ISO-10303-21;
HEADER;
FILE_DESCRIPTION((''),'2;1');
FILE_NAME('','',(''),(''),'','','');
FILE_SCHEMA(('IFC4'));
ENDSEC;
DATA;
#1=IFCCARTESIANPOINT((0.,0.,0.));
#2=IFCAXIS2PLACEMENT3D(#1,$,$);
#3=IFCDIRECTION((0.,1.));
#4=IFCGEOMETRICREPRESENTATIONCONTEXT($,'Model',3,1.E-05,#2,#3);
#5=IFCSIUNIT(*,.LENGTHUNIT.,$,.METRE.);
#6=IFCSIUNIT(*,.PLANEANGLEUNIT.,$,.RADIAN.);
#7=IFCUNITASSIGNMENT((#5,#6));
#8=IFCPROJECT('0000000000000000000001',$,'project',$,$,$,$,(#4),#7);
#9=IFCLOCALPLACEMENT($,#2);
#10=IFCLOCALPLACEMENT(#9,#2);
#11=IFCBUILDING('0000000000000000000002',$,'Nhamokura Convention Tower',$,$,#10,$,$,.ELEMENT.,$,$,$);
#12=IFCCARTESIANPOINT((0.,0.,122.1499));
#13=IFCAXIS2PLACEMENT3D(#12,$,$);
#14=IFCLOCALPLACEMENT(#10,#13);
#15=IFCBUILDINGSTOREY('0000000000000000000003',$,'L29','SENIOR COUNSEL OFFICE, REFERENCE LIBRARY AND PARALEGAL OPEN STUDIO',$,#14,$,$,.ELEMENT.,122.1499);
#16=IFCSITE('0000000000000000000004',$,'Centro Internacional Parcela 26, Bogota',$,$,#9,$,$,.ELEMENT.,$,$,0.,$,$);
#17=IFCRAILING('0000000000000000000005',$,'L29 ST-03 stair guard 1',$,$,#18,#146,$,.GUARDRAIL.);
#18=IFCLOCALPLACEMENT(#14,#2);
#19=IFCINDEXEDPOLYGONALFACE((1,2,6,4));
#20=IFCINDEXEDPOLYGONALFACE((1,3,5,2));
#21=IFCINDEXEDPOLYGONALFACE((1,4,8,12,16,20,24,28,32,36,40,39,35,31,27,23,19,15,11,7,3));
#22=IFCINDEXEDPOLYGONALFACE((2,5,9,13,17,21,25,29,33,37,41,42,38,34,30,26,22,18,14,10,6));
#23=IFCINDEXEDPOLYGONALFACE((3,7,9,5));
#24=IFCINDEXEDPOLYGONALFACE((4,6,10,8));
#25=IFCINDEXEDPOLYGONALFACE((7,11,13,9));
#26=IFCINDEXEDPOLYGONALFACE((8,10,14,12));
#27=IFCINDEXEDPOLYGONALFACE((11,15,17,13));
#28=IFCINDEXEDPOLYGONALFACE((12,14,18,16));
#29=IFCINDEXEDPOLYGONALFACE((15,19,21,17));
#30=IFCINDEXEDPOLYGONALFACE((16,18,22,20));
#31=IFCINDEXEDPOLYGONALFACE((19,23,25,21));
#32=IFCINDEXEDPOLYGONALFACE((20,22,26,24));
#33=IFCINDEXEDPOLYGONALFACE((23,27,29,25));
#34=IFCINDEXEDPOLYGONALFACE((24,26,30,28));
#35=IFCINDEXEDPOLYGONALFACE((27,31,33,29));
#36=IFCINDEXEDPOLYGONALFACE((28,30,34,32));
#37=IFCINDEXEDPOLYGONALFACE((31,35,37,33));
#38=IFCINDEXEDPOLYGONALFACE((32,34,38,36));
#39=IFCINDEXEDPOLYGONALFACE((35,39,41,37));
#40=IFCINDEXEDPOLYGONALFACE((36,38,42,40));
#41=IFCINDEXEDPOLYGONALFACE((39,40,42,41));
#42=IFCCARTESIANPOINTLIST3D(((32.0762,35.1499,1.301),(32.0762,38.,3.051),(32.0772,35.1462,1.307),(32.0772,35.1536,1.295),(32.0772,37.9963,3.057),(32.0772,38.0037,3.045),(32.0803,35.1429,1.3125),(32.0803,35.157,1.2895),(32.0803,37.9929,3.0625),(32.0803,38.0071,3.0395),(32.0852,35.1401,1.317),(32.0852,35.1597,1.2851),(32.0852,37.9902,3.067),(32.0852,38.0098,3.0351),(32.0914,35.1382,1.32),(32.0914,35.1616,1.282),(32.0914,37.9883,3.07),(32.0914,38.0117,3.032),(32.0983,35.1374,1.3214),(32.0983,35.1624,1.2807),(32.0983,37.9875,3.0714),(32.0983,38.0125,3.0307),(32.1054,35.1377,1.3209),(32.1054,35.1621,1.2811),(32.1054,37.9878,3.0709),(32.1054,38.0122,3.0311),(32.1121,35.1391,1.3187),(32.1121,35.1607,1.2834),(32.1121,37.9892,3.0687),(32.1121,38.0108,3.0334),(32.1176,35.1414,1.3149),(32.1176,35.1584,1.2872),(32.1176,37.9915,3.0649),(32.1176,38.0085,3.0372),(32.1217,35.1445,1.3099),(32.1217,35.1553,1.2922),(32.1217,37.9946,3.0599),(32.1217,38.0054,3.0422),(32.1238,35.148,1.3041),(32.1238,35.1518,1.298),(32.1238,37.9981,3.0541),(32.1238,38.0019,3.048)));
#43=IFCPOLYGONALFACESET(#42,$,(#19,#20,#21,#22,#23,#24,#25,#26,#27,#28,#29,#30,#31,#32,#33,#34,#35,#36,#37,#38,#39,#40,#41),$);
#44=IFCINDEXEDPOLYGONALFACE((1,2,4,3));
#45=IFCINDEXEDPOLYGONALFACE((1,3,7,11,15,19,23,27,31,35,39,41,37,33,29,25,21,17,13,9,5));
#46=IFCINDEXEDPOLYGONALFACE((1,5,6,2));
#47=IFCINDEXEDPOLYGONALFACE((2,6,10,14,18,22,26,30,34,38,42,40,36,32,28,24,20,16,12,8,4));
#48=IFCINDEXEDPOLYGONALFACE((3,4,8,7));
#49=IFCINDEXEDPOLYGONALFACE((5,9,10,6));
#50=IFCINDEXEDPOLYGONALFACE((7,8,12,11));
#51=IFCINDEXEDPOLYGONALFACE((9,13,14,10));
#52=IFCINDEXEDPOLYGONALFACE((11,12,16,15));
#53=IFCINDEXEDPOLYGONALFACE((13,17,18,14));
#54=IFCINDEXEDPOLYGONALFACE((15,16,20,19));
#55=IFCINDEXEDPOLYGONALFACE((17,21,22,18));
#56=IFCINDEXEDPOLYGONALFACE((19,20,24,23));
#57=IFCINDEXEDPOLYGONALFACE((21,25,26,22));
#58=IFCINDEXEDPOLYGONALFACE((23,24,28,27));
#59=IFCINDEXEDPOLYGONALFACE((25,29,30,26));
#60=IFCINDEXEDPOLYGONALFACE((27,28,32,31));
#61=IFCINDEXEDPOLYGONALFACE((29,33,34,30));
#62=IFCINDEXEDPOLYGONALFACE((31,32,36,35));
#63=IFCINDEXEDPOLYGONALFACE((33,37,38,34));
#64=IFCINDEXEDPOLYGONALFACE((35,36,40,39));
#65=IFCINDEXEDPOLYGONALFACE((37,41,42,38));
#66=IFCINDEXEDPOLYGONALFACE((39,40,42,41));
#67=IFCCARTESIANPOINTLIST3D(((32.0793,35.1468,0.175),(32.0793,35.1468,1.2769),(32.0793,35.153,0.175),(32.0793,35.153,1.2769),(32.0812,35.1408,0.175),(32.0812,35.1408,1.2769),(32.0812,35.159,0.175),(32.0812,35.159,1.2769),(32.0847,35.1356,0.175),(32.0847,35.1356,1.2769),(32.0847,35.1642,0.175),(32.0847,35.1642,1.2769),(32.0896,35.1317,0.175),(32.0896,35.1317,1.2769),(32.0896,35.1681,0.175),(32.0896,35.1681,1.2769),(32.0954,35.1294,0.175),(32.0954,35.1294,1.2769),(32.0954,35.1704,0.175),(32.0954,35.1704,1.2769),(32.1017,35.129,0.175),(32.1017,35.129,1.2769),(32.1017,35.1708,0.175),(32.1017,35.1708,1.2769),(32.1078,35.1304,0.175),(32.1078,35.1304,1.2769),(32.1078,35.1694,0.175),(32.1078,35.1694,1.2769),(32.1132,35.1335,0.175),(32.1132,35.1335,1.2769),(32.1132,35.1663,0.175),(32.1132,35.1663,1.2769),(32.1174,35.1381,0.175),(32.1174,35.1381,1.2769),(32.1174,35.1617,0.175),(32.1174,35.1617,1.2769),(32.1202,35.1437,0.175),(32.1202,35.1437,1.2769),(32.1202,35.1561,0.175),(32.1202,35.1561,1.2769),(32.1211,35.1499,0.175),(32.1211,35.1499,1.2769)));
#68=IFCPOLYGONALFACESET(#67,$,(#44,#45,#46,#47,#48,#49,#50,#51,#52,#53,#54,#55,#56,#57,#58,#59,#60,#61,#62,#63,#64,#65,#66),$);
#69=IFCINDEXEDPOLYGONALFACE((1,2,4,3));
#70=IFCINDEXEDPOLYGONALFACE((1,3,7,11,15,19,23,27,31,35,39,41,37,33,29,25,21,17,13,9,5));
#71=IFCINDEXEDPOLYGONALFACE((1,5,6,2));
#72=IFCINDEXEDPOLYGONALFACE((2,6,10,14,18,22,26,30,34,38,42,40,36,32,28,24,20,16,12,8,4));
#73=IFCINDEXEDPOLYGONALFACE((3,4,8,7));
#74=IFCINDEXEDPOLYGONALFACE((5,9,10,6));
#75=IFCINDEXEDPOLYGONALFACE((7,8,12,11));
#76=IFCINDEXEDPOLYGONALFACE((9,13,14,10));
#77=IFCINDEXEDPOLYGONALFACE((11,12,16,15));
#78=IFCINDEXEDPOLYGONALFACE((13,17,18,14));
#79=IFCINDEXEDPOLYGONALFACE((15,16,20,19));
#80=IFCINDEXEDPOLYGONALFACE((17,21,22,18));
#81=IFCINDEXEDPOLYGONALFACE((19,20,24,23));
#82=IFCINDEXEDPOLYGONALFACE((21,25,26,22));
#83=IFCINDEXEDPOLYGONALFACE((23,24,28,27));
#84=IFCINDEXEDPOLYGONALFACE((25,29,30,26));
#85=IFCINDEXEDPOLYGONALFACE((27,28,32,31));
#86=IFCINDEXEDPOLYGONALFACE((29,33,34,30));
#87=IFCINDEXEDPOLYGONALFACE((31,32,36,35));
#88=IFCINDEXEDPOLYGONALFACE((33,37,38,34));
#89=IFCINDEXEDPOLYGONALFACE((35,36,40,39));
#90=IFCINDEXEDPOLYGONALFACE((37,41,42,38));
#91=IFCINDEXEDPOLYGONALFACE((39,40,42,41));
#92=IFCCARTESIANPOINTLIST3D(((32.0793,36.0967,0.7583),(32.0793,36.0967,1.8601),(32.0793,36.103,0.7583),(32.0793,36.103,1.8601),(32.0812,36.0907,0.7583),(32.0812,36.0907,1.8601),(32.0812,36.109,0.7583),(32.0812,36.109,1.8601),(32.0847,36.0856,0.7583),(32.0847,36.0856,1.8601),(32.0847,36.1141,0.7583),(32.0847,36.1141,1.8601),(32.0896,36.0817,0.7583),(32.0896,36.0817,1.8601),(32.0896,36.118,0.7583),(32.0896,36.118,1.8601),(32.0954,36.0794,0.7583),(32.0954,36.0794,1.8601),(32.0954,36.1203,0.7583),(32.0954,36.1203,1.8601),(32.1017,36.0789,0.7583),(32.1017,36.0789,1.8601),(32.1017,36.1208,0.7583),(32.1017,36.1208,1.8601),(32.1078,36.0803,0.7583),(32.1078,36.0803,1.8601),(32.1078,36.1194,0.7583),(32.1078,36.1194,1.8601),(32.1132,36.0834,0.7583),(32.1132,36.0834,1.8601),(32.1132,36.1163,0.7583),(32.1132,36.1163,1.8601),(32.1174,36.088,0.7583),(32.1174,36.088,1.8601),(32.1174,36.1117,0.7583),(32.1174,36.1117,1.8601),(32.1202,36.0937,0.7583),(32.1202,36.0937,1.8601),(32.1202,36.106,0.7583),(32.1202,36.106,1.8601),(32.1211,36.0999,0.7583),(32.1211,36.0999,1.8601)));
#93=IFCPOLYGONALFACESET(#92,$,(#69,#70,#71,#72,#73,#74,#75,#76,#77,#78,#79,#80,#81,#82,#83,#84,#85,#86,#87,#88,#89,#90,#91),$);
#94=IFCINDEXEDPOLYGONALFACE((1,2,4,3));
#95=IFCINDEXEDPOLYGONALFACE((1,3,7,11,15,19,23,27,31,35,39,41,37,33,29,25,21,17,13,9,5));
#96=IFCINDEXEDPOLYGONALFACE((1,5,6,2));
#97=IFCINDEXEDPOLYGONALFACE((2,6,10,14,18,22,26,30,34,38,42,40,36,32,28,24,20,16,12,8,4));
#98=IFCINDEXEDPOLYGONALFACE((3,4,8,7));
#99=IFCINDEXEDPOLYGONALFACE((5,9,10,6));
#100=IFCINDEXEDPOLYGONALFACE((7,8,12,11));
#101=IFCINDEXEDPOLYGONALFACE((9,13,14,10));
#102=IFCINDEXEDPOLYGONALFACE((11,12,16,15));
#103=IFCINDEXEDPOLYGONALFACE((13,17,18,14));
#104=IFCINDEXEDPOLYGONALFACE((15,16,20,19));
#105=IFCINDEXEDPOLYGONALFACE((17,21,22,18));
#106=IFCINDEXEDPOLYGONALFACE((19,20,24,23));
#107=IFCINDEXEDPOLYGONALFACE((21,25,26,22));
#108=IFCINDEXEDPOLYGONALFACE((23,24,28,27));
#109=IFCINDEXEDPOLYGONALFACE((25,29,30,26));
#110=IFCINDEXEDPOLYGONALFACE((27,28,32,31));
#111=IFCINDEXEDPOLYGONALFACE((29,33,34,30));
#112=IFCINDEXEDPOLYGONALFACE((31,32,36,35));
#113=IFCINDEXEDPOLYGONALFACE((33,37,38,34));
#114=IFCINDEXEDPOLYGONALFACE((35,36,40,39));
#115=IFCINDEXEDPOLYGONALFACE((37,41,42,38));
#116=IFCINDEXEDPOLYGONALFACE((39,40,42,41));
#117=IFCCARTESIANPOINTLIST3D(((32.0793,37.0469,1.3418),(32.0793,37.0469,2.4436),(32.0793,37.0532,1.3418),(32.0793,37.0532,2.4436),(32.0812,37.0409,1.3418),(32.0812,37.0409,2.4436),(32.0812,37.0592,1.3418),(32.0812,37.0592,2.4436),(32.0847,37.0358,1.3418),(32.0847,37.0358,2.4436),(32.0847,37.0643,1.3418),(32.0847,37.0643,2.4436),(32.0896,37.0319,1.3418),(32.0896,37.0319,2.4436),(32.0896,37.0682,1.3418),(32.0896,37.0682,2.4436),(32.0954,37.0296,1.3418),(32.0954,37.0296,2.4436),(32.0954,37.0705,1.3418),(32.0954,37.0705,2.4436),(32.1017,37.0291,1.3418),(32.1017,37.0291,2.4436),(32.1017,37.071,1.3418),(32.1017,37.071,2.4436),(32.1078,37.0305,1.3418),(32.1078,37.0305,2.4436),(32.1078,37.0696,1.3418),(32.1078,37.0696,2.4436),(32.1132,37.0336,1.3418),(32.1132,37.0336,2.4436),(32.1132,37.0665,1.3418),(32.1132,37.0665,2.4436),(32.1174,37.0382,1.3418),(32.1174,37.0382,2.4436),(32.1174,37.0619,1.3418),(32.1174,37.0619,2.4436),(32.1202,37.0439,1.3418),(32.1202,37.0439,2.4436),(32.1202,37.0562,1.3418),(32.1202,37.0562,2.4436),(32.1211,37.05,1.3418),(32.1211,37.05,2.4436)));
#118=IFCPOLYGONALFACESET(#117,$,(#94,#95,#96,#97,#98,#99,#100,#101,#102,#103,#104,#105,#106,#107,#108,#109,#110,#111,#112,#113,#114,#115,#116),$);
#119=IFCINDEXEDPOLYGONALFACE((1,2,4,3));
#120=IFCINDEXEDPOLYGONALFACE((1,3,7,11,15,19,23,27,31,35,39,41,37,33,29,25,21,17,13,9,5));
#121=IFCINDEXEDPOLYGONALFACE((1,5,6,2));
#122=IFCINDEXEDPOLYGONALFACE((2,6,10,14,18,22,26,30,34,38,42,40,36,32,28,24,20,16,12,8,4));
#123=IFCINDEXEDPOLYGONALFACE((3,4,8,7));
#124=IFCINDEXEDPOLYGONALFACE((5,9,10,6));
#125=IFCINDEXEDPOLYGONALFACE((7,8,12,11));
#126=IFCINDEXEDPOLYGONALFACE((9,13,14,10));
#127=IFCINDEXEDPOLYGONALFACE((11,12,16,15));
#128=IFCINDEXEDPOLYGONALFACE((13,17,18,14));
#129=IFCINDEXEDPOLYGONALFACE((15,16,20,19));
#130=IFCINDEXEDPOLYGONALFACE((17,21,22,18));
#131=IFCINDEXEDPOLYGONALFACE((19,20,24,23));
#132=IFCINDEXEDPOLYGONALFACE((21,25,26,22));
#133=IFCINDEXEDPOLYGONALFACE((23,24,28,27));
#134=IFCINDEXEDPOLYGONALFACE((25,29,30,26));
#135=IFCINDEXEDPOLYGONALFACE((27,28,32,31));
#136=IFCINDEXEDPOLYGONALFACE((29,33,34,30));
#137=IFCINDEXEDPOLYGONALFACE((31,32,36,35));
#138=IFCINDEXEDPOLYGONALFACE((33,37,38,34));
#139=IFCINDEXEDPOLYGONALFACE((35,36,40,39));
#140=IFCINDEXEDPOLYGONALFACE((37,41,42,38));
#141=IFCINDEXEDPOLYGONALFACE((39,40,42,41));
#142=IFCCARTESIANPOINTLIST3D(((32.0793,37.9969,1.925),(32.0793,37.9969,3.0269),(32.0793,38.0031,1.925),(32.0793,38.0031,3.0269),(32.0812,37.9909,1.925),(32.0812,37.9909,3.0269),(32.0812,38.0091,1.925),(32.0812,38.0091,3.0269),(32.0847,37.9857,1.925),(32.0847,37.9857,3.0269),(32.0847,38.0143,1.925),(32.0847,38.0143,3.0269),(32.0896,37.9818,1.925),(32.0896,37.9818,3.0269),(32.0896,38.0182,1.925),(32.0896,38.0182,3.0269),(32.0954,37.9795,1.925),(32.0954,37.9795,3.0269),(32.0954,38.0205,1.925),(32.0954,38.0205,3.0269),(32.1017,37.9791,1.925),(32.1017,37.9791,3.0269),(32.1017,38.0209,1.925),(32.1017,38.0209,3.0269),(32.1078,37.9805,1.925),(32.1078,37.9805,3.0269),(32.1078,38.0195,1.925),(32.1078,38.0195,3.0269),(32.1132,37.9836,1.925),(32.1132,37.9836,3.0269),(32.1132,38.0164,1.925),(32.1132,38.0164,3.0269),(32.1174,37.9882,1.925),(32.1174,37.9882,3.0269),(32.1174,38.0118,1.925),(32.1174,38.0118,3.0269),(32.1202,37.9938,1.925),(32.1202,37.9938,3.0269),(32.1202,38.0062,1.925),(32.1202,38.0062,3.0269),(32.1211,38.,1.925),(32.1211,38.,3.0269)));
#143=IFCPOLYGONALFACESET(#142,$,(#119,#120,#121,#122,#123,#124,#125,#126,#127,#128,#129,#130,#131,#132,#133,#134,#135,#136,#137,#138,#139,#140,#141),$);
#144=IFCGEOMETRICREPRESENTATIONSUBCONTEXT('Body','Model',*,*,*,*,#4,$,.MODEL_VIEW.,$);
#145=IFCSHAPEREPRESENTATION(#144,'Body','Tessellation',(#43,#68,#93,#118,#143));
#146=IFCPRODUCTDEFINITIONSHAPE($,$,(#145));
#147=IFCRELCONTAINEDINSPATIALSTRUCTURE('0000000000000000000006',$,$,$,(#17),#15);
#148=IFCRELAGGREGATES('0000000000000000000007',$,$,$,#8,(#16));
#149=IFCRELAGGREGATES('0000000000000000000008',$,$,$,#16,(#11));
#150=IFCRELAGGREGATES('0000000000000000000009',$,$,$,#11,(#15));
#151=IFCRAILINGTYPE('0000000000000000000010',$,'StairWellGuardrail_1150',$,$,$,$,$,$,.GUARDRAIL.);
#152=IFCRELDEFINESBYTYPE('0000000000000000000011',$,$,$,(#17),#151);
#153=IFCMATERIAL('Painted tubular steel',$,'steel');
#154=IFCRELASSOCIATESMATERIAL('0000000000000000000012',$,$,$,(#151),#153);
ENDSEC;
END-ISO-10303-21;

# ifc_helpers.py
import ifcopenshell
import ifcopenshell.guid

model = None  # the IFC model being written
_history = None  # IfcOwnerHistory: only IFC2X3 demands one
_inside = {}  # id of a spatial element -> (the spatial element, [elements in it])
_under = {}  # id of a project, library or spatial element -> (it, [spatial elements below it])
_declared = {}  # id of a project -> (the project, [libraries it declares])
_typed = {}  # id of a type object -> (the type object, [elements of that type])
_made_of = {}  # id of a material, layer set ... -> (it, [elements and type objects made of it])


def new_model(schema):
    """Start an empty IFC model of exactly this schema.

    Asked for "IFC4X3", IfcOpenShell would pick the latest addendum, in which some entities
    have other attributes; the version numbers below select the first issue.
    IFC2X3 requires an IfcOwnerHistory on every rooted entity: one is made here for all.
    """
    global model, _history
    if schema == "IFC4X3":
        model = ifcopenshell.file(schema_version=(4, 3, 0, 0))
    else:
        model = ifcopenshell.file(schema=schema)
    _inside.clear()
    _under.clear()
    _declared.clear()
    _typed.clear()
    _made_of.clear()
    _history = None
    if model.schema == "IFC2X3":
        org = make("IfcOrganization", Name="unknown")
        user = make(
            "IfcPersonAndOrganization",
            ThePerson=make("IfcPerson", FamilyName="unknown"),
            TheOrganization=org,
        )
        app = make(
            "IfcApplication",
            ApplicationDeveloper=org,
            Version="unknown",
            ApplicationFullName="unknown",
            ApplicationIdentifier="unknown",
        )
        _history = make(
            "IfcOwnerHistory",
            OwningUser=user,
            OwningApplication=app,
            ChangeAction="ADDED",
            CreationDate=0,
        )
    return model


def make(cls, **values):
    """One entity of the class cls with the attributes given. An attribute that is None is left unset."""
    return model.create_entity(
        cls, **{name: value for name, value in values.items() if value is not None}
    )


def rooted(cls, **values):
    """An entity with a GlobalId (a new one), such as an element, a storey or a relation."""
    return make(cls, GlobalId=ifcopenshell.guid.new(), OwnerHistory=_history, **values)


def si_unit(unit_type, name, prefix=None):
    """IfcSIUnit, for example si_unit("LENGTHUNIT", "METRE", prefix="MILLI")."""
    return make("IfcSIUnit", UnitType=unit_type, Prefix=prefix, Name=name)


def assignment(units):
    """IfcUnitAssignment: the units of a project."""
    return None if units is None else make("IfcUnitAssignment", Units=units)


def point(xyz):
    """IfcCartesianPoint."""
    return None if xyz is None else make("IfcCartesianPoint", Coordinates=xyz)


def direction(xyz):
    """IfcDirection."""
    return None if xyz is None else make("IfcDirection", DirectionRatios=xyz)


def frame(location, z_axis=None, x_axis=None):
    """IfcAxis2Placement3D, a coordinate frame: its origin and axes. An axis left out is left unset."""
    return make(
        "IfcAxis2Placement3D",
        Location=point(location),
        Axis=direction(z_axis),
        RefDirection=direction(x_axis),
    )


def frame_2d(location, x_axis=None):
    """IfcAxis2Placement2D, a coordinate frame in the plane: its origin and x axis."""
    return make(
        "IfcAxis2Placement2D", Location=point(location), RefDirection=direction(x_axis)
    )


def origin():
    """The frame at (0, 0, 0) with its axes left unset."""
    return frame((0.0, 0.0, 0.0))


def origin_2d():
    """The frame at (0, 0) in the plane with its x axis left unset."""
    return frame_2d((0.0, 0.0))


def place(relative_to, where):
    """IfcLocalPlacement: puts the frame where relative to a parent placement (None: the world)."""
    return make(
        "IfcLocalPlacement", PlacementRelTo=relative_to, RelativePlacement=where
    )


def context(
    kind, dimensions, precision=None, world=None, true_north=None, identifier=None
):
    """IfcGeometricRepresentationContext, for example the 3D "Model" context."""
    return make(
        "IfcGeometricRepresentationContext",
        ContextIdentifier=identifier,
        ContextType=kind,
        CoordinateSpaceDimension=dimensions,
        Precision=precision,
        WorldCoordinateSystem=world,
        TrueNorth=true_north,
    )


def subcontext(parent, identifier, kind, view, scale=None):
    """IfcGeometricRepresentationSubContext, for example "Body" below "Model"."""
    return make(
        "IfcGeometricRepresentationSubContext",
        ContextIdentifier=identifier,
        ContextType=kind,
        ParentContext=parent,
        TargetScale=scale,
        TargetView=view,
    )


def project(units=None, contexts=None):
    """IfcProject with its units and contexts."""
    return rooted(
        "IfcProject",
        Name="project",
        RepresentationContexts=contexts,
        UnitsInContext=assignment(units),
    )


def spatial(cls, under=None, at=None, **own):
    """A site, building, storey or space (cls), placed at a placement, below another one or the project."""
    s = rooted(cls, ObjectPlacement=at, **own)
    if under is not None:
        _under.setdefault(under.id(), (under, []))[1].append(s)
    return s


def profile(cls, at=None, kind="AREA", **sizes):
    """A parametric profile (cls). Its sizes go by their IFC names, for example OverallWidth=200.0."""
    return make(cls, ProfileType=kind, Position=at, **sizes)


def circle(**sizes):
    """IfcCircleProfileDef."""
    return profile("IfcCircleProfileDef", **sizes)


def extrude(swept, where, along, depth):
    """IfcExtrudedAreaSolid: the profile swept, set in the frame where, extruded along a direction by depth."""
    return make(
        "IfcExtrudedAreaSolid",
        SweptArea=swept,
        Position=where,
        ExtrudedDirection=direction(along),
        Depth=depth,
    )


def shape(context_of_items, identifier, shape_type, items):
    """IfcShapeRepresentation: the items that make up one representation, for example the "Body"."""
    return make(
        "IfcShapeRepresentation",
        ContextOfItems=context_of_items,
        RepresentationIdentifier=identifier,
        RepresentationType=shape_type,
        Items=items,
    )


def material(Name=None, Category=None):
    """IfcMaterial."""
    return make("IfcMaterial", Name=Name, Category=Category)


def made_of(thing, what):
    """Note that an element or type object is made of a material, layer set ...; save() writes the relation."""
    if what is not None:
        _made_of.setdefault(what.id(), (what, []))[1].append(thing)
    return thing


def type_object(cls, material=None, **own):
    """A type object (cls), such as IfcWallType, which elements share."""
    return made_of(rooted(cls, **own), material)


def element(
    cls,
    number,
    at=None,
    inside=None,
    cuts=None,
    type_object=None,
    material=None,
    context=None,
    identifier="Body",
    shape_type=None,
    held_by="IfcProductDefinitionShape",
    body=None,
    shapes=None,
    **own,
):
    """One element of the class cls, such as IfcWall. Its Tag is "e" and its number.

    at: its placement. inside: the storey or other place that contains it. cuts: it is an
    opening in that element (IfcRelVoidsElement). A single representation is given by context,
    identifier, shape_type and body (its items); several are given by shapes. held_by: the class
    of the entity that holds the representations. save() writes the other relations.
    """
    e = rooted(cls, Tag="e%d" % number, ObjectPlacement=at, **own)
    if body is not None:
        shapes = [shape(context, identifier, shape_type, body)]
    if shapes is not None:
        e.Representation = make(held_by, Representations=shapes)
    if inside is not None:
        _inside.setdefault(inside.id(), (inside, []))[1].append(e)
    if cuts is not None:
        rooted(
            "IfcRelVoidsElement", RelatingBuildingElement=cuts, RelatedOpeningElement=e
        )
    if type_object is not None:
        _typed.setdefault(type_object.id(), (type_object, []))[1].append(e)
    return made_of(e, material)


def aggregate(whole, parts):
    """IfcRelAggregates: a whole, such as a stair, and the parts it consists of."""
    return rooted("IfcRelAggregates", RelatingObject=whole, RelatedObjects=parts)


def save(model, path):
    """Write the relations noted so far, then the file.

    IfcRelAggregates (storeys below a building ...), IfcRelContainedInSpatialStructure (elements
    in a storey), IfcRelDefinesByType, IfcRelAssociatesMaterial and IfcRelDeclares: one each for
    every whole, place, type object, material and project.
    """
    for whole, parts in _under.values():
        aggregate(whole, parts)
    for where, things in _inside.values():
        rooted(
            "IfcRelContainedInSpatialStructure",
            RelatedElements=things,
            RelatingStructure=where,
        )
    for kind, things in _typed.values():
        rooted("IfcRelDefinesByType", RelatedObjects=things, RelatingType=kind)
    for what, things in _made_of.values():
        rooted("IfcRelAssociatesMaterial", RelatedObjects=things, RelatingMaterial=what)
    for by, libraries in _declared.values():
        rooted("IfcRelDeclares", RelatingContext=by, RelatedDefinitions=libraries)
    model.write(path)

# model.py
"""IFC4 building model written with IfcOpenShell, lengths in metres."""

from ifc_helpers import new_model, si_unit, direction, frame, origin, origin_2d, place, context, subcontext, project, spatial, circle, extrude, material, type_object, element, save


model = new_model("IFC4")

# Units and contexts
model_context = context("Model", 3, precision=1e-05, world=origin(), true_north=direction((0.0, 1.0)))
body_context = subcontext(model_context, "Body", "Model", "MODEL_VIEW")
ifc_project = project(units=[si_unit("LENGTHUNIT", "METRE"), si_unit("PLANEANGLEUNIT", "RADIAN")], contexts=[model_context])

# Site, building, storey
site_placement = place(None, origin())
site = spatial("IfcSite", under=ifc_project, at=site_placement, Name="Centro Internacional Parcela 26, Bogota", CompositionType="ELEMENT", RefElevation=0.0)
building_placement = place(site_placement, origin())
building = spatial("IfcBuilding", under=site, at=building_placement, Name="Nhamokura Convention Tower", CompositionType="ELEMENT")
storey_placement = place(building_placement, frame((0.0, 0.0, 122.1499)))
storey = spatial("IfcBuildingStorey", under=building, at=storey_placement, Name="L29", Description="SENIOR COUNSEL OFFICE, REFERENCE LIBRARY AND PARALEGAL OPEN STUDIO", CompositionType="ELEMENT", Elevation=122.1499)

# Railing
ifc_material_1 = material(Name="Painted tubular steel", Category="steel")
railing_type_1 = type_object("IfcRailingType", Name="StairWellGuardrail_1150", PredefinedType="GUARDRAIL", material=ifc_material_1)
railing_1_placement = place(storey_placement, frame((32.1001, 35.1499, 0.175)))
element("IfcRailing", 1, at=railing_1_placement, inside=storey, type_object=railing_type_1, Name="L29 ST-03 stair guard 1", PredefinedType="GUARDRAIL", context=body_context, shape_type="SweptSolid", body=[
    extrude(circle(Radius=0.0239, at=origin_2d()), frame((0.0, 0.0, 1.126), z_axis=(0.0, 0.852179, 0.52325), x_axis=(-1.0, 0.0, 0.0)), (0.0, 0.0, 1.0), 3.3445),
    extrude(circle(Radius=0.021, at=origin_2d()), origin(), (0.0, 0.0, 1.0), 1.1018),
    extrude(circle(Radius=0.021, at=origin_2d()), frame((0.0, 0.95, 0.5833)), (0.0, 0.0, 1.0), 1.1018),
    extrude(circle(Radius=0.021, at=origin_2d()), frame((0.0, 1.9001, 1.1667)), (0.0, 0.0, 1.0), 1.1018),
    extrude(circle(Radius=0.021, at=origin_2d()), frame((0.0, 2.8501, 1.75)), (0.0, 0.0, 1.0), 1.1018),
])

save(model, "model.ifc")
